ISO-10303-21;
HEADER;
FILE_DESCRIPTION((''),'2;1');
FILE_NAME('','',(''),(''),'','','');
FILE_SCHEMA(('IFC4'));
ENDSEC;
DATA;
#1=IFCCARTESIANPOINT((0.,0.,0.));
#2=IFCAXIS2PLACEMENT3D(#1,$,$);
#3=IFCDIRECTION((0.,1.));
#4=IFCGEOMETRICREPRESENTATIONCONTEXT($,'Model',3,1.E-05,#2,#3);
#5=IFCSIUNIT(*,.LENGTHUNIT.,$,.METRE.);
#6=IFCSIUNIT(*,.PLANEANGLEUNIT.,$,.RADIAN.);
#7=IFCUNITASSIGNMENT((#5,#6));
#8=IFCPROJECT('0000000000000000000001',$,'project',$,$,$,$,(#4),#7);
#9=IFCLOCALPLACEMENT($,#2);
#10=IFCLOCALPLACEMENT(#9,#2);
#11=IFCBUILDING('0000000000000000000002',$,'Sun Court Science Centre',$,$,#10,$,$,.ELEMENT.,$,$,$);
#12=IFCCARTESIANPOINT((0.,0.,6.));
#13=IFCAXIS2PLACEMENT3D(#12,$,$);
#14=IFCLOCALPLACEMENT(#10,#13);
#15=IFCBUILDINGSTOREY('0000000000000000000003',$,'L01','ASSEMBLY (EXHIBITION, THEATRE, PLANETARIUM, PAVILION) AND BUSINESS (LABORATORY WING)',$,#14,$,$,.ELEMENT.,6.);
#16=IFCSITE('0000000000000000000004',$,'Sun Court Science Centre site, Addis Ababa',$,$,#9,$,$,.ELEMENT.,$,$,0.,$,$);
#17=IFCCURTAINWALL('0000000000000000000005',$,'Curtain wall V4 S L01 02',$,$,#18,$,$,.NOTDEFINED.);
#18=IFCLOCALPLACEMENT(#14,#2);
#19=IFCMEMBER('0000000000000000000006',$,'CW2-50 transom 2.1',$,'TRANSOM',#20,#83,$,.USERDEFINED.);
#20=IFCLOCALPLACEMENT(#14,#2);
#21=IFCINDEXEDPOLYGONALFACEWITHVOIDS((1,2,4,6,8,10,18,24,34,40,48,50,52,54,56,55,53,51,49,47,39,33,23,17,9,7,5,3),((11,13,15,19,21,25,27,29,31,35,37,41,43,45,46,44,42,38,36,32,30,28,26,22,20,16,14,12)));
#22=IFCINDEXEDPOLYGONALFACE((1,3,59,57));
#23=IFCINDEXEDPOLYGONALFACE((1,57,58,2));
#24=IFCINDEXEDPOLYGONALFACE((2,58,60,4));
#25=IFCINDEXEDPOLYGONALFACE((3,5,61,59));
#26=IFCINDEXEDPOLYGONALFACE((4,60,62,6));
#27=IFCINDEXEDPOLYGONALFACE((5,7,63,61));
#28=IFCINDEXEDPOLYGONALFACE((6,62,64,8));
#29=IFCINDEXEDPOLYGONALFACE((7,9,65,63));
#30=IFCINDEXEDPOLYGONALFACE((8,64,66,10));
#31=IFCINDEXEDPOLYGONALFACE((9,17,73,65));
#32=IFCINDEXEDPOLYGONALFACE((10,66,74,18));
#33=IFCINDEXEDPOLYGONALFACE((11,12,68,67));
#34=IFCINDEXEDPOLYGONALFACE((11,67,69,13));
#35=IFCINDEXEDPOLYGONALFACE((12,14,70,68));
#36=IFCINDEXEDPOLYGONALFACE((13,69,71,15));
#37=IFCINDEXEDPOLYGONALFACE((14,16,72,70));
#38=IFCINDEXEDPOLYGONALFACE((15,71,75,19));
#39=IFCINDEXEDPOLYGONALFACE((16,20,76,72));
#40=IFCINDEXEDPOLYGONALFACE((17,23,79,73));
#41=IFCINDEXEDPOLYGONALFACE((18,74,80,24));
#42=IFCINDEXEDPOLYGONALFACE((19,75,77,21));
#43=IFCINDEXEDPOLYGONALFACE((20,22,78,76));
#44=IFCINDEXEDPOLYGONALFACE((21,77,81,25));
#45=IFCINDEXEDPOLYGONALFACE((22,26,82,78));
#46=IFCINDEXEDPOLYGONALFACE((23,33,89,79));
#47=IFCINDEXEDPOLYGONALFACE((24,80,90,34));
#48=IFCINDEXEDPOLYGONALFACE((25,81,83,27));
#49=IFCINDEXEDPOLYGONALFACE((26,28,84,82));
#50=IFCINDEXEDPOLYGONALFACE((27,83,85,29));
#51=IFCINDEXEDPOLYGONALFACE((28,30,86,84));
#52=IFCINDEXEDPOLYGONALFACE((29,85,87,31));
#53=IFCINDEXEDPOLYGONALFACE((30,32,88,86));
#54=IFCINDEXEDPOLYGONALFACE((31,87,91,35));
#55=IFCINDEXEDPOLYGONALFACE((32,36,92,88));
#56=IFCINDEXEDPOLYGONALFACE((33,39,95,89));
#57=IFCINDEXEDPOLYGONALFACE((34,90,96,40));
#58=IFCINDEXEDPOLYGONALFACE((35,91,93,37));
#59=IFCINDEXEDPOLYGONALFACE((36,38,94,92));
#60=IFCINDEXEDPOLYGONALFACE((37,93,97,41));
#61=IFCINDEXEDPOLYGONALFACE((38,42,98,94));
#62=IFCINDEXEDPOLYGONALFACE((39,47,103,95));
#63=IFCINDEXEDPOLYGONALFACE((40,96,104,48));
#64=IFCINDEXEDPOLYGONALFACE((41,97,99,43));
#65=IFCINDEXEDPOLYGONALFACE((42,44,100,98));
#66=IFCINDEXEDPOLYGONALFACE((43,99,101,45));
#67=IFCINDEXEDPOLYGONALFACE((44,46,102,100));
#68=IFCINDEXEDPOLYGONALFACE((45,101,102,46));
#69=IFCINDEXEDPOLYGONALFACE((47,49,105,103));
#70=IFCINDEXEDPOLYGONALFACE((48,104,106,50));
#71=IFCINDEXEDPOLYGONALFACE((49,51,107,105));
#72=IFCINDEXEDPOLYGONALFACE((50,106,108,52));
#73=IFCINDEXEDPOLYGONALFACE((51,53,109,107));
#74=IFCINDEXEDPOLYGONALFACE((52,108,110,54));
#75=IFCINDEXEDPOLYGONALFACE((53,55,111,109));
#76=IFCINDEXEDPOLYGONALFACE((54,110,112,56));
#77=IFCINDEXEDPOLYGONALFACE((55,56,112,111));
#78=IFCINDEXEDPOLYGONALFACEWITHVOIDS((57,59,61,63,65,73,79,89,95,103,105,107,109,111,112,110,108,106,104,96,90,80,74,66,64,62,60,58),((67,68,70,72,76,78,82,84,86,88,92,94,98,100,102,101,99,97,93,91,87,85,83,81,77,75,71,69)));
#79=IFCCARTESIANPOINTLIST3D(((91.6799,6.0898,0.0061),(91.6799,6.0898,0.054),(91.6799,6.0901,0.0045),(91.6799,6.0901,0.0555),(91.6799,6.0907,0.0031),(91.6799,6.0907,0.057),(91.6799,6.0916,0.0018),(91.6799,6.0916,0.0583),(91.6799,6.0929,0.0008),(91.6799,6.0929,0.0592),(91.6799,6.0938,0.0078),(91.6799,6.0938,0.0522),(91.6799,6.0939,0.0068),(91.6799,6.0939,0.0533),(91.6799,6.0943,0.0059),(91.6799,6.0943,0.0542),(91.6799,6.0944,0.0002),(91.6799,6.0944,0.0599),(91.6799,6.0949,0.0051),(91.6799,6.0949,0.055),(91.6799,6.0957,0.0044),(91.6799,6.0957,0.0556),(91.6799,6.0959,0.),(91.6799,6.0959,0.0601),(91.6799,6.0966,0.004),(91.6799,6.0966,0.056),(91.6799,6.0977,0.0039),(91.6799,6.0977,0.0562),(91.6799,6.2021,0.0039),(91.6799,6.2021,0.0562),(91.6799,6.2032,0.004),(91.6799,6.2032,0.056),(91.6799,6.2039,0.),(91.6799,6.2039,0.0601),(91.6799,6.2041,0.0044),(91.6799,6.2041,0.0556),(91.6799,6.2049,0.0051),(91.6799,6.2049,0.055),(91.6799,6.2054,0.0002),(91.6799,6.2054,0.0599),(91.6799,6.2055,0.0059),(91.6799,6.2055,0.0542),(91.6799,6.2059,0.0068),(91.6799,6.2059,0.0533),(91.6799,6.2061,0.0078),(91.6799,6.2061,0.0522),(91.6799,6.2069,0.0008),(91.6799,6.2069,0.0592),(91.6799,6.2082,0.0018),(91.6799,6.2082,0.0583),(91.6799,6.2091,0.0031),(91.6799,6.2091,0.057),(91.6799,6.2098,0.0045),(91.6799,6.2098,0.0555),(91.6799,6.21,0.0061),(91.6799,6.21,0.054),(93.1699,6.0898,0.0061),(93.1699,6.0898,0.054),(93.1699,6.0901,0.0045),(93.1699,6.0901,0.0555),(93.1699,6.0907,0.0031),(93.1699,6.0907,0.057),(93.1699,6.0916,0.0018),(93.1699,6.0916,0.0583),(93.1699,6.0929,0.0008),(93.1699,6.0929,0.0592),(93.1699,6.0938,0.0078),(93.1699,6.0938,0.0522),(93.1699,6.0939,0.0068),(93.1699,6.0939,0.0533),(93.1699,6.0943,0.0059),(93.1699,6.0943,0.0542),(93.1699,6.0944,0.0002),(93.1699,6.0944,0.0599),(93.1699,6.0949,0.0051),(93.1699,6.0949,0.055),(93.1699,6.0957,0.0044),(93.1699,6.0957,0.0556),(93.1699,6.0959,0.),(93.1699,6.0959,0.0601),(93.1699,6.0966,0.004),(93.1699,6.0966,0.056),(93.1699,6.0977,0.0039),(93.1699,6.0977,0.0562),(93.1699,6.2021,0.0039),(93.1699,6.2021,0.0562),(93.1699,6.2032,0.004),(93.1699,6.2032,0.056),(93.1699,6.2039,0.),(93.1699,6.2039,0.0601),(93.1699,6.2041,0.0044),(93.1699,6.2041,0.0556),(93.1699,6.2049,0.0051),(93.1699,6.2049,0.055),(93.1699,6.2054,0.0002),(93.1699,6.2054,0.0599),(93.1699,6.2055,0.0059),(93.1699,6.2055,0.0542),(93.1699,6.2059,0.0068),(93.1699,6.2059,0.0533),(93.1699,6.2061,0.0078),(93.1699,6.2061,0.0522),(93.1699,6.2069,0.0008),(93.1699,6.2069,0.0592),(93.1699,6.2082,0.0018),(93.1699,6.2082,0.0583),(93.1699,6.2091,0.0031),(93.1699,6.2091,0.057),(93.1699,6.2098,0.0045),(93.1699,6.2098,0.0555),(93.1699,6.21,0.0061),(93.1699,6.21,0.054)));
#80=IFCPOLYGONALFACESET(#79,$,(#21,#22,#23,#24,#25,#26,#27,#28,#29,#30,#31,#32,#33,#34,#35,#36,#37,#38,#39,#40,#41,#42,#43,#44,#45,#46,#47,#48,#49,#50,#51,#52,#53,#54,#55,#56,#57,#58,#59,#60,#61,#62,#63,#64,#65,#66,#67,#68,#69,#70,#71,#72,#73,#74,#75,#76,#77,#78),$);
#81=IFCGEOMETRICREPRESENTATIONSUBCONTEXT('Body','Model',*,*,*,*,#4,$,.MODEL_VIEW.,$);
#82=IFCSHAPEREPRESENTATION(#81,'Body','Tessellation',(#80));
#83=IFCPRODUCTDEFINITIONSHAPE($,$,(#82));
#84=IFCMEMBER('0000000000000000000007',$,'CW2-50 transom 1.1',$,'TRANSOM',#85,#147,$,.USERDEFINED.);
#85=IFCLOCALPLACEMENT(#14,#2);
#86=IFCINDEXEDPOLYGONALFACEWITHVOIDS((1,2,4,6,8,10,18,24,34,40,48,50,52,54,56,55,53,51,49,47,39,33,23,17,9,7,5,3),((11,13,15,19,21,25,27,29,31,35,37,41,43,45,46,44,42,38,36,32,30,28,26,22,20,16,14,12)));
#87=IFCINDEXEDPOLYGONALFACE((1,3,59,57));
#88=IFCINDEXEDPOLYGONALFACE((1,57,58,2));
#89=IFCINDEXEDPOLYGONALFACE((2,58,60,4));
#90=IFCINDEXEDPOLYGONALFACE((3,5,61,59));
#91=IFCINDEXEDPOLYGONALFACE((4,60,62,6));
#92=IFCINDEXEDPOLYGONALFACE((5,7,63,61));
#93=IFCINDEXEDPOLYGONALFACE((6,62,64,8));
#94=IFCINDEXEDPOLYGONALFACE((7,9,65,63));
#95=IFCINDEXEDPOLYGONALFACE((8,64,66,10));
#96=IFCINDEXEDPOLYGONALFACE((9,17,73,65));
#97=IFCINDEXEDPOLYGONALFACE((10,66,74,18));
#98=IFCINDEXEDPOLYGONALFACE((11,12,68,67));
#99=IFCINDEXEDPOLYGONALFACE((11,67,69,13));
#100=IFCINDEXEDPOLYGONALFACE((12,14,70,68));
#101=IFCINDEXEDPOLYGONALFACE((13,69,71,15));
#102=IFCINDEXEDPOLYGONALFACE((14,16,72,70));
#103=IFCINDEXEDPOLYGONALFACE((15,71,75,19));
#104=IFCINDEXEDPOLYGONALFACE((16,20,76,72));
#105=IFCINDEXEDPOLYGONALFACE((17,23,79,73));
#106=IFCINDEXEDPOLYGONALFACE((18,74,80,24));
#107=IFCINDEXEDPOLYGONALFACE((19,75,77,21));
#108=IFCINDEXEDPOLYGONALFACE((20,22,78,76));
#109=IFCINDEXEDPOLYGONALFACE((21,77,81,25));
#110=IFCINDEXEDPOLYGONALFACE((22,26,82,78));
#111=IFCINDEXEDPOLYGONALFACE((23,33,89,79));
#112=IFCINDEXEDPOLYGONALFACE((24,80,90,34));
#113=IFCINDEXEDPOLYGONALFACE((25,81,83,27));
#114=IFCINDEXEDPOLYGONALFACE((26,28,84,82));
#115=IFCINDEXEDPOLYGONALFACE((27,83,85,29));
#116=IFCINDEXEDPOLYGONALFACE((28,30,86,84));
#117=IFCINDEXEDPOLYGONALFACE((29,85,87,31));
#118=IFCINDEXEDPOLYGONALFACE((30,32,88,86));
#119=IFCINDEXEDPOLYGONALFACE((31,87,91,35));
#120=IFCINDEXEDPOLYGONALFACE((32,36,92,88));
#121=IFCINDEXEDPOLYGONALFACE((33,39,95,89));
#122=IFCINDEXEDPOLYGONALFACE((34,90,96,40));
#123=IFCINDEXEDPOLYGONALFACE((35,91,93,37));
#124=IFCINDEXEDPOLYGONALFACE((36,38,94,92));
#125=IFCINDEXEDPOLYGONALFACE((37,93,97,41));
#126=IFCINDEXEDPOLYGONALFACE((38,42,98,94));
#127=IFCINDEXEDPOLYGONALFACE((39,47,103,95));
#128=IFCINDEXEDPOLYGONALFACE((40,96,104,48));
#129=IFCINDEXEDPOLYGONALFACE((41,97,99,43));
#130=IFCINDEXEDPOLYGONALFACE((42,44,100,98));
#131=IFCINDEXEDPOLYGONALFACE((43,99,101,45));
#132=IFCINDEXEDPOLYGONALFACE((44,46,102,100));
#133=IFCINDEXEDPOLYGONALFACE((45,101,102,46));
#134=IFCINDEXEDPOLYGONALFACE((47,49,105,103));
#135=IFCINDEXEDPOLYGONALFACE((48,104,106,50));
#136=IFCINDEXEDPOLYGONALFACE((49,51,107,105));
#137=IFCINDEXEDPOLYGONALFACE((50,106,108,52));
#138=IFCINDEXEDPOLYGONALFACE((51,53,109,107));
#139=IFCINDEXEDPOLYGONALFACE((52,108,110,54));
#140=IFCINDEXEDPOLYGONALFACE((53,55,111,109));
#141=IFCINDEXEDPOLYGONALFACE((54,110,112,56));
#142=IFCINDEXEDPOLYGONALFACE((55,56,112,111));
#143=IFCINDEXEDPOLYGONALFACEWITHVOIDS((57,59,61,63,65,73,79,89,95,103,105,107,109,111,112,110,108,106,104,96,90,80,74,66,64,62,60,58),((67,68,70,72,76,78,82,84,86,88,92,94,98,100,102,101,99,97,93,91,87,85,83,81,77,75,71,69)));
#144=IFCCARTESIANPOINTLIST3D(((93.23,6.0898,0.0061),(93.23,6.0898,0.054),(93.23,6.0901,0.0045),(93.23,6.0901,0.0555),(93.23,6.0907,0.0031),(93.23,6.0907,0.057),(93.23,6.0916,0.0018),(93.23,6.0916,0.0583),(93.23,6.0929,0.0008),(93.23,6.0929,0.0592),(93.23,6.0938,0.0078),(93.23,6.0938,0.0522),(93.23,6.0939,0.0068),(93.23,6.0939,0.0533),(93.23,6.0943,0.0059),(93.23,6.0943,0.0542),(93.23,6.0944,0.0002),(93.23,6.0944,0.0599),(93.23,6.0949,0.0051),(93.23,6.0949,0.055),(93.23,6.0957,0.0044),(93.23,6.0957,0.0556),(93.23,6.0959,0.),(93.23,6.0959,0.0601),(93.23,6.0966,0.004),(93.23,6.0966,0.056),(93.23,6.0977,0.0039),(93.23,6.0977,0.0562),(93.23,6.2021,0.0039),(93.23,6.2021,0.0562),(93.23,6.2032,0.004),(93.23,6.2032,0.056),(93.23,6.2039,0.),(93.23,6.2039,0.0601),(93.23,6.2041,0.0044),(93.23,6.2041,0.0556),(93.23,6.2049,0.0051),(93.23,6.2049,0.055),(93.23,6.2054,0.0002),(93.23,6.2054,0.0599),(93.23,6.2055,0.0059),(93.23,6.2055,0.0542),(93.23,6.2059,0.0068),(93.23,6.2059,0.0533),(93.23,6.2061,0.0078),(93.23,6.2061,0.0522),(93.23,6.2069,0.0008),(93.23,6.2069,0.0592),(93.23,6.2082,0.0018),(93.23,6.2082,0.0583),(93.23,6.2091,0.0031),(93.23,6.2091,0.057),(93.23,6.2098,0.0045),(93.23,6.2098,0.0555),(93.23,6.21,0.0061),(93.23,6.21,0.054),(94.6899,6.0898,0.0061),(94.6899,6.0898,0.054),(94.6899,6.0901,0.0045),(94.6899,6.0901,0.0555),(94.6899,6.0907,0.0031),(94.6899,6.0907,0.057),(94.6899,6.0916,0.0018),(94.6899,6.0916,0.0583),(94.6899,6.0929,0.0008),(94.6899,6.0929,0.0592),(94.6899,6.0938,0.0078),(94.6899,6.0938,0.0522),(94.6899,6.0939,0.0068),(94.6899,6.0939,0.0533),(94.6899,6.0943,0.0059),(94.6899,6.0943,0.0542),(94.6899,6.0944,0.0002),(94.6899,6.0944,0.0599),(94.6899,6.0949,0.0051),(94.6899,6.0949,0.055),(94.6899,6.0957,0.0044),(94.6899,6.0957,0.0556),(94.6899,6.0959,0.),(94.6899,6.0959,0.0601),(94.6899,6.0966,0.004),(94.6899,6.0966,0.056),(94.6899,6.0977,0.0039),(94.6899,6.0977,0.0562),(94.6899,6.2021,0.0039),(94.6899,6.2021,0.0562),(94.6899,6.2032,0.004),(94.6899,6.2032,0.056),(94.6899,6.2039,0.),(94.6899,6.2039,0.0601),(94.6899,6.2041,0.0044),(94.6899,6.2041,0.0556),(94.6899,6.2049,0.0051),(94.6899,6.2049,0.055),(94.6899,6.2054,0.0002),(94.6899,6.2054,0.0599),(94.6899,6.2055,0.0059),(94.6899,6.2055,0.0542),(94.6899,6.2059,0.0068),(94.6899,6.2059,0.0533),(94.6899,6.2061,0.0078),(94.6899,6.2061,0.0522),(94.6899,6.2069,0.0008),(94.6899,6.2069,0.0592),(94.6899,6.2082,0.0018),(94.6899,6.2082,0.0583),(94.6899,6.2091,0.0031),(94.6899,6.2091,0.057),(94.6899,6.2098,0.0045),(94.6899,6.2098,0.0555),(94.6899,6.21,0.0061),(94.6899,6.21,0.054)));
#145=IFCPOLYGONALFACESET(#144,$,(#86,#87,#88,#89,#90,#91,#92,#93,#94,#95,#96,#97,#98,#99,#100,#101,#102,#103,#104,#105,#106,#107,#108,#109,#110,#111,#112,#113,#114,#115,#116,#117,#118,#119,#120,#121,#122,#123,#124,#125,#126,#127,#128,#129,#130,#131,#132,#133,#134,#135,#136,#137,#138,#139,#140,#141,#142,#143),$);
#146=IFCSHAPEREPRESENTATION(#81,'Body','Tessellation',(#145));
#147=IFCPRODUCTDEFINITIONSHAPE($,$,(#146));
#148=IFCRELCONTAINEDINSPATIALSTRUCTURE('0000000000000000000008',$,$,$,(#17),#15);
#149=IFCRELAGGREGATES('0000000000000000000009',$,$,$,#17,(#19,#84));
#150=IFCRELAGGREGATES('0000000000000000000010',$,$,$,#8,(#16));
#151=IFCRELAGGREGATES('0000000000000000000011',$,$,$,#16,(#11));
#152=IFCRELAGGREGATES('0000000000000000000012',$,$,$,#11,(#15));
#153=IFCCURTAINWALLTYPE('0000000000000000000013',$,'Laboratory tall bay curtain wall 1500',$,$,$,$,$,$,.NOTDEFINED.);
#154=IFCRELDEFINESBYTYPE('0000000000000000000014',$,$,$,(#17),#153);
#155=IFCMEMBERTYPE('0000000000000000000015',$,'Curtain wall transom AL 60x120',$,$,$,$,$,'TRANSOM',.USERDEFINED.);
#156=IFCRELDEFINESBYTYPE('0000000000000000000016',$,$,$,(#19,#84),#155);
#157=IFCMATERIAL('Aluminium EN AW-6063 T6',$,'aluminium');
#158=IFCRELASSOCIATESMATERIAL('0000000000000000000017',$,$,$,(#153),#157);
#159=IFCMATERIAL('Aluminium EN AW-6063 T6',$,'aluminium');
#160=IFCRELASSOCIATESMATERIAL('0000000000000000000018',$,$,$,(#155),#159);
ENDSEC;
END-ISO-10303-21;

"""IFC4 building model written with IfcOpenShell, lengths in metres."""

from ifc_helpers import new_model, si_unit, direction, frame, origin, origin_2d, place, context, subcontext, project, spatial, hollow_rectangle, extrude, material, material_profile, profile_set, type_object, element, aggregate, save


model = new_model("IFC4")

# Units and contexts
model_context = context("Model", 3, precision=1e-05, world=origin(), true_north=direction((0.0, 1.0)))
body_context = subcontext(model_context, "Body", "Model", "MODEL_VIEW")
ifc_project = project(units=[si_unit("LENGTHUNIT", "METRE"), si_unit("PLANEANGLEUNIT", "RADIAN")], contexts=[model_context])

# Site, building, storey
site_placement = place(None, origin())
site = spatial("IfcSite", under=ifc_project, at=site_placement, Name="Sun Court Science Centre site, Addis Ababa", CompositionType="ELEMENT", RefElevation=0.0)
building_placement = place(site_placement, origin())
building = spatial("IfcBuilding", under=site, at=building_placement, Name="Sun Court Science Centre", CompositionType="ELEMENT")
storey_placement = place(building_placement, frame((0.0, 0.0, 6.0)))
storey = spatial("IfcBuildingStorey", under=building, at=storey_placement, Name="L01", Description="ASSEMBLY (EXHIBITION, THEATRE, PLANETARIUM, PAVILION) AND BUSINESS (LABORATORY WING)", CompositionType="ELEMENT", Elevation=6.0)

# Curtain wall
ifc_material_1 = material(Name="Aluminium EN AW-6063 T6", Category="aluminium")
curtain_wall_type = type_object("IfcCurtainWallType", Name="Laboratory tall bay curtain wall 1500", PredefinedType="NOTDEFINED", material=ifc_material_1)
curtain_wall_1_placement = place(storey_placement, origin())
curtain_wall_1 = element("IfcCurtainWall", 1, at=curtain_wall_1_placement, inside=storey, type_object=curtain_wall_type, Name="Curtain wall V4 S L01 02", PredefinedType="NOTDEFINED")

# Members
ifc_material_2 = material(Name="Aluminium EN AW-6063 T6", Category="aluminium")
ifc_material_profile_1 = material_profile(ifc_material_2, hollow_rectangle(XDim=0.0601, YDim=0.1201, WallThickness=0.0039, InnerFilletRadius=0.0039, OuterFilletRadius=0.0061, at=origin_2d()), Name="AL 60x120x4")
ifc_profile_set_1 = profile_set([ifc_material_profile_1], Name="Aluminium EN AW-6063 T6")
member_type_1 = type_object("IfcMemberType", Name="Curtain wall transom AL 60x120", ElementType="TRANSOM", PredefinedType="USERDEFINED", material=ifc_profile_set_1)
member_1_placement = place(storey_placement, frame((93.1699, 6.1499, 0.03), z_axis=(-1.0, 0.0, 0.0), x_axis=(0.0, 0.0, 1.0)))
member_1 = element("IfcMember", 2, at=member_1_placement, type_object=member_type_1, Name="CW2-50 transom 2.1", ObjectType="TRANSOM", PredefinedType="USERDEFINED", context=body_context, shape_type="SweptSolid", body=[
    extrude(hollow_rectangle(XDim=0.0601, YDim=0.1201, WallThickness=0.0039, InnerFilletRadius=0.0039, OuterFilletRadius=0.0061, at=origin_2d()), origin(), (0.0, 0.0, 1.0), 1.49),
])
member_2_placement = place(storey_placement, frame((94.6899, 6.1499, 0.03), z_axis=(-1.0, 0.0, 0.0), x_axis=(0.0, 0.0, 1.0)))
member_2 = element("IfcMember", 3, at=member_2_placement, type_object=member_type_1, Name="CW2-50 transom 1.1", ObjectType="TRANSOM", PredefinedType="USERDEFINED", context=body_context, shape_type="SweptSolid", body=[
    extrude(hollow_rectangle(XDim=0.0601, YDim=0.1201, WallThickness=0.0039, InnerFilletRadius=0.0039, OuterFilletRadius=0.0061, at=origin_2d()), origin(), (0.0, 0.0, 1.0), 1.46),
])

aggregate(curtain_wall_1, [member_1, member_2])

save(model, "model.ifc")
